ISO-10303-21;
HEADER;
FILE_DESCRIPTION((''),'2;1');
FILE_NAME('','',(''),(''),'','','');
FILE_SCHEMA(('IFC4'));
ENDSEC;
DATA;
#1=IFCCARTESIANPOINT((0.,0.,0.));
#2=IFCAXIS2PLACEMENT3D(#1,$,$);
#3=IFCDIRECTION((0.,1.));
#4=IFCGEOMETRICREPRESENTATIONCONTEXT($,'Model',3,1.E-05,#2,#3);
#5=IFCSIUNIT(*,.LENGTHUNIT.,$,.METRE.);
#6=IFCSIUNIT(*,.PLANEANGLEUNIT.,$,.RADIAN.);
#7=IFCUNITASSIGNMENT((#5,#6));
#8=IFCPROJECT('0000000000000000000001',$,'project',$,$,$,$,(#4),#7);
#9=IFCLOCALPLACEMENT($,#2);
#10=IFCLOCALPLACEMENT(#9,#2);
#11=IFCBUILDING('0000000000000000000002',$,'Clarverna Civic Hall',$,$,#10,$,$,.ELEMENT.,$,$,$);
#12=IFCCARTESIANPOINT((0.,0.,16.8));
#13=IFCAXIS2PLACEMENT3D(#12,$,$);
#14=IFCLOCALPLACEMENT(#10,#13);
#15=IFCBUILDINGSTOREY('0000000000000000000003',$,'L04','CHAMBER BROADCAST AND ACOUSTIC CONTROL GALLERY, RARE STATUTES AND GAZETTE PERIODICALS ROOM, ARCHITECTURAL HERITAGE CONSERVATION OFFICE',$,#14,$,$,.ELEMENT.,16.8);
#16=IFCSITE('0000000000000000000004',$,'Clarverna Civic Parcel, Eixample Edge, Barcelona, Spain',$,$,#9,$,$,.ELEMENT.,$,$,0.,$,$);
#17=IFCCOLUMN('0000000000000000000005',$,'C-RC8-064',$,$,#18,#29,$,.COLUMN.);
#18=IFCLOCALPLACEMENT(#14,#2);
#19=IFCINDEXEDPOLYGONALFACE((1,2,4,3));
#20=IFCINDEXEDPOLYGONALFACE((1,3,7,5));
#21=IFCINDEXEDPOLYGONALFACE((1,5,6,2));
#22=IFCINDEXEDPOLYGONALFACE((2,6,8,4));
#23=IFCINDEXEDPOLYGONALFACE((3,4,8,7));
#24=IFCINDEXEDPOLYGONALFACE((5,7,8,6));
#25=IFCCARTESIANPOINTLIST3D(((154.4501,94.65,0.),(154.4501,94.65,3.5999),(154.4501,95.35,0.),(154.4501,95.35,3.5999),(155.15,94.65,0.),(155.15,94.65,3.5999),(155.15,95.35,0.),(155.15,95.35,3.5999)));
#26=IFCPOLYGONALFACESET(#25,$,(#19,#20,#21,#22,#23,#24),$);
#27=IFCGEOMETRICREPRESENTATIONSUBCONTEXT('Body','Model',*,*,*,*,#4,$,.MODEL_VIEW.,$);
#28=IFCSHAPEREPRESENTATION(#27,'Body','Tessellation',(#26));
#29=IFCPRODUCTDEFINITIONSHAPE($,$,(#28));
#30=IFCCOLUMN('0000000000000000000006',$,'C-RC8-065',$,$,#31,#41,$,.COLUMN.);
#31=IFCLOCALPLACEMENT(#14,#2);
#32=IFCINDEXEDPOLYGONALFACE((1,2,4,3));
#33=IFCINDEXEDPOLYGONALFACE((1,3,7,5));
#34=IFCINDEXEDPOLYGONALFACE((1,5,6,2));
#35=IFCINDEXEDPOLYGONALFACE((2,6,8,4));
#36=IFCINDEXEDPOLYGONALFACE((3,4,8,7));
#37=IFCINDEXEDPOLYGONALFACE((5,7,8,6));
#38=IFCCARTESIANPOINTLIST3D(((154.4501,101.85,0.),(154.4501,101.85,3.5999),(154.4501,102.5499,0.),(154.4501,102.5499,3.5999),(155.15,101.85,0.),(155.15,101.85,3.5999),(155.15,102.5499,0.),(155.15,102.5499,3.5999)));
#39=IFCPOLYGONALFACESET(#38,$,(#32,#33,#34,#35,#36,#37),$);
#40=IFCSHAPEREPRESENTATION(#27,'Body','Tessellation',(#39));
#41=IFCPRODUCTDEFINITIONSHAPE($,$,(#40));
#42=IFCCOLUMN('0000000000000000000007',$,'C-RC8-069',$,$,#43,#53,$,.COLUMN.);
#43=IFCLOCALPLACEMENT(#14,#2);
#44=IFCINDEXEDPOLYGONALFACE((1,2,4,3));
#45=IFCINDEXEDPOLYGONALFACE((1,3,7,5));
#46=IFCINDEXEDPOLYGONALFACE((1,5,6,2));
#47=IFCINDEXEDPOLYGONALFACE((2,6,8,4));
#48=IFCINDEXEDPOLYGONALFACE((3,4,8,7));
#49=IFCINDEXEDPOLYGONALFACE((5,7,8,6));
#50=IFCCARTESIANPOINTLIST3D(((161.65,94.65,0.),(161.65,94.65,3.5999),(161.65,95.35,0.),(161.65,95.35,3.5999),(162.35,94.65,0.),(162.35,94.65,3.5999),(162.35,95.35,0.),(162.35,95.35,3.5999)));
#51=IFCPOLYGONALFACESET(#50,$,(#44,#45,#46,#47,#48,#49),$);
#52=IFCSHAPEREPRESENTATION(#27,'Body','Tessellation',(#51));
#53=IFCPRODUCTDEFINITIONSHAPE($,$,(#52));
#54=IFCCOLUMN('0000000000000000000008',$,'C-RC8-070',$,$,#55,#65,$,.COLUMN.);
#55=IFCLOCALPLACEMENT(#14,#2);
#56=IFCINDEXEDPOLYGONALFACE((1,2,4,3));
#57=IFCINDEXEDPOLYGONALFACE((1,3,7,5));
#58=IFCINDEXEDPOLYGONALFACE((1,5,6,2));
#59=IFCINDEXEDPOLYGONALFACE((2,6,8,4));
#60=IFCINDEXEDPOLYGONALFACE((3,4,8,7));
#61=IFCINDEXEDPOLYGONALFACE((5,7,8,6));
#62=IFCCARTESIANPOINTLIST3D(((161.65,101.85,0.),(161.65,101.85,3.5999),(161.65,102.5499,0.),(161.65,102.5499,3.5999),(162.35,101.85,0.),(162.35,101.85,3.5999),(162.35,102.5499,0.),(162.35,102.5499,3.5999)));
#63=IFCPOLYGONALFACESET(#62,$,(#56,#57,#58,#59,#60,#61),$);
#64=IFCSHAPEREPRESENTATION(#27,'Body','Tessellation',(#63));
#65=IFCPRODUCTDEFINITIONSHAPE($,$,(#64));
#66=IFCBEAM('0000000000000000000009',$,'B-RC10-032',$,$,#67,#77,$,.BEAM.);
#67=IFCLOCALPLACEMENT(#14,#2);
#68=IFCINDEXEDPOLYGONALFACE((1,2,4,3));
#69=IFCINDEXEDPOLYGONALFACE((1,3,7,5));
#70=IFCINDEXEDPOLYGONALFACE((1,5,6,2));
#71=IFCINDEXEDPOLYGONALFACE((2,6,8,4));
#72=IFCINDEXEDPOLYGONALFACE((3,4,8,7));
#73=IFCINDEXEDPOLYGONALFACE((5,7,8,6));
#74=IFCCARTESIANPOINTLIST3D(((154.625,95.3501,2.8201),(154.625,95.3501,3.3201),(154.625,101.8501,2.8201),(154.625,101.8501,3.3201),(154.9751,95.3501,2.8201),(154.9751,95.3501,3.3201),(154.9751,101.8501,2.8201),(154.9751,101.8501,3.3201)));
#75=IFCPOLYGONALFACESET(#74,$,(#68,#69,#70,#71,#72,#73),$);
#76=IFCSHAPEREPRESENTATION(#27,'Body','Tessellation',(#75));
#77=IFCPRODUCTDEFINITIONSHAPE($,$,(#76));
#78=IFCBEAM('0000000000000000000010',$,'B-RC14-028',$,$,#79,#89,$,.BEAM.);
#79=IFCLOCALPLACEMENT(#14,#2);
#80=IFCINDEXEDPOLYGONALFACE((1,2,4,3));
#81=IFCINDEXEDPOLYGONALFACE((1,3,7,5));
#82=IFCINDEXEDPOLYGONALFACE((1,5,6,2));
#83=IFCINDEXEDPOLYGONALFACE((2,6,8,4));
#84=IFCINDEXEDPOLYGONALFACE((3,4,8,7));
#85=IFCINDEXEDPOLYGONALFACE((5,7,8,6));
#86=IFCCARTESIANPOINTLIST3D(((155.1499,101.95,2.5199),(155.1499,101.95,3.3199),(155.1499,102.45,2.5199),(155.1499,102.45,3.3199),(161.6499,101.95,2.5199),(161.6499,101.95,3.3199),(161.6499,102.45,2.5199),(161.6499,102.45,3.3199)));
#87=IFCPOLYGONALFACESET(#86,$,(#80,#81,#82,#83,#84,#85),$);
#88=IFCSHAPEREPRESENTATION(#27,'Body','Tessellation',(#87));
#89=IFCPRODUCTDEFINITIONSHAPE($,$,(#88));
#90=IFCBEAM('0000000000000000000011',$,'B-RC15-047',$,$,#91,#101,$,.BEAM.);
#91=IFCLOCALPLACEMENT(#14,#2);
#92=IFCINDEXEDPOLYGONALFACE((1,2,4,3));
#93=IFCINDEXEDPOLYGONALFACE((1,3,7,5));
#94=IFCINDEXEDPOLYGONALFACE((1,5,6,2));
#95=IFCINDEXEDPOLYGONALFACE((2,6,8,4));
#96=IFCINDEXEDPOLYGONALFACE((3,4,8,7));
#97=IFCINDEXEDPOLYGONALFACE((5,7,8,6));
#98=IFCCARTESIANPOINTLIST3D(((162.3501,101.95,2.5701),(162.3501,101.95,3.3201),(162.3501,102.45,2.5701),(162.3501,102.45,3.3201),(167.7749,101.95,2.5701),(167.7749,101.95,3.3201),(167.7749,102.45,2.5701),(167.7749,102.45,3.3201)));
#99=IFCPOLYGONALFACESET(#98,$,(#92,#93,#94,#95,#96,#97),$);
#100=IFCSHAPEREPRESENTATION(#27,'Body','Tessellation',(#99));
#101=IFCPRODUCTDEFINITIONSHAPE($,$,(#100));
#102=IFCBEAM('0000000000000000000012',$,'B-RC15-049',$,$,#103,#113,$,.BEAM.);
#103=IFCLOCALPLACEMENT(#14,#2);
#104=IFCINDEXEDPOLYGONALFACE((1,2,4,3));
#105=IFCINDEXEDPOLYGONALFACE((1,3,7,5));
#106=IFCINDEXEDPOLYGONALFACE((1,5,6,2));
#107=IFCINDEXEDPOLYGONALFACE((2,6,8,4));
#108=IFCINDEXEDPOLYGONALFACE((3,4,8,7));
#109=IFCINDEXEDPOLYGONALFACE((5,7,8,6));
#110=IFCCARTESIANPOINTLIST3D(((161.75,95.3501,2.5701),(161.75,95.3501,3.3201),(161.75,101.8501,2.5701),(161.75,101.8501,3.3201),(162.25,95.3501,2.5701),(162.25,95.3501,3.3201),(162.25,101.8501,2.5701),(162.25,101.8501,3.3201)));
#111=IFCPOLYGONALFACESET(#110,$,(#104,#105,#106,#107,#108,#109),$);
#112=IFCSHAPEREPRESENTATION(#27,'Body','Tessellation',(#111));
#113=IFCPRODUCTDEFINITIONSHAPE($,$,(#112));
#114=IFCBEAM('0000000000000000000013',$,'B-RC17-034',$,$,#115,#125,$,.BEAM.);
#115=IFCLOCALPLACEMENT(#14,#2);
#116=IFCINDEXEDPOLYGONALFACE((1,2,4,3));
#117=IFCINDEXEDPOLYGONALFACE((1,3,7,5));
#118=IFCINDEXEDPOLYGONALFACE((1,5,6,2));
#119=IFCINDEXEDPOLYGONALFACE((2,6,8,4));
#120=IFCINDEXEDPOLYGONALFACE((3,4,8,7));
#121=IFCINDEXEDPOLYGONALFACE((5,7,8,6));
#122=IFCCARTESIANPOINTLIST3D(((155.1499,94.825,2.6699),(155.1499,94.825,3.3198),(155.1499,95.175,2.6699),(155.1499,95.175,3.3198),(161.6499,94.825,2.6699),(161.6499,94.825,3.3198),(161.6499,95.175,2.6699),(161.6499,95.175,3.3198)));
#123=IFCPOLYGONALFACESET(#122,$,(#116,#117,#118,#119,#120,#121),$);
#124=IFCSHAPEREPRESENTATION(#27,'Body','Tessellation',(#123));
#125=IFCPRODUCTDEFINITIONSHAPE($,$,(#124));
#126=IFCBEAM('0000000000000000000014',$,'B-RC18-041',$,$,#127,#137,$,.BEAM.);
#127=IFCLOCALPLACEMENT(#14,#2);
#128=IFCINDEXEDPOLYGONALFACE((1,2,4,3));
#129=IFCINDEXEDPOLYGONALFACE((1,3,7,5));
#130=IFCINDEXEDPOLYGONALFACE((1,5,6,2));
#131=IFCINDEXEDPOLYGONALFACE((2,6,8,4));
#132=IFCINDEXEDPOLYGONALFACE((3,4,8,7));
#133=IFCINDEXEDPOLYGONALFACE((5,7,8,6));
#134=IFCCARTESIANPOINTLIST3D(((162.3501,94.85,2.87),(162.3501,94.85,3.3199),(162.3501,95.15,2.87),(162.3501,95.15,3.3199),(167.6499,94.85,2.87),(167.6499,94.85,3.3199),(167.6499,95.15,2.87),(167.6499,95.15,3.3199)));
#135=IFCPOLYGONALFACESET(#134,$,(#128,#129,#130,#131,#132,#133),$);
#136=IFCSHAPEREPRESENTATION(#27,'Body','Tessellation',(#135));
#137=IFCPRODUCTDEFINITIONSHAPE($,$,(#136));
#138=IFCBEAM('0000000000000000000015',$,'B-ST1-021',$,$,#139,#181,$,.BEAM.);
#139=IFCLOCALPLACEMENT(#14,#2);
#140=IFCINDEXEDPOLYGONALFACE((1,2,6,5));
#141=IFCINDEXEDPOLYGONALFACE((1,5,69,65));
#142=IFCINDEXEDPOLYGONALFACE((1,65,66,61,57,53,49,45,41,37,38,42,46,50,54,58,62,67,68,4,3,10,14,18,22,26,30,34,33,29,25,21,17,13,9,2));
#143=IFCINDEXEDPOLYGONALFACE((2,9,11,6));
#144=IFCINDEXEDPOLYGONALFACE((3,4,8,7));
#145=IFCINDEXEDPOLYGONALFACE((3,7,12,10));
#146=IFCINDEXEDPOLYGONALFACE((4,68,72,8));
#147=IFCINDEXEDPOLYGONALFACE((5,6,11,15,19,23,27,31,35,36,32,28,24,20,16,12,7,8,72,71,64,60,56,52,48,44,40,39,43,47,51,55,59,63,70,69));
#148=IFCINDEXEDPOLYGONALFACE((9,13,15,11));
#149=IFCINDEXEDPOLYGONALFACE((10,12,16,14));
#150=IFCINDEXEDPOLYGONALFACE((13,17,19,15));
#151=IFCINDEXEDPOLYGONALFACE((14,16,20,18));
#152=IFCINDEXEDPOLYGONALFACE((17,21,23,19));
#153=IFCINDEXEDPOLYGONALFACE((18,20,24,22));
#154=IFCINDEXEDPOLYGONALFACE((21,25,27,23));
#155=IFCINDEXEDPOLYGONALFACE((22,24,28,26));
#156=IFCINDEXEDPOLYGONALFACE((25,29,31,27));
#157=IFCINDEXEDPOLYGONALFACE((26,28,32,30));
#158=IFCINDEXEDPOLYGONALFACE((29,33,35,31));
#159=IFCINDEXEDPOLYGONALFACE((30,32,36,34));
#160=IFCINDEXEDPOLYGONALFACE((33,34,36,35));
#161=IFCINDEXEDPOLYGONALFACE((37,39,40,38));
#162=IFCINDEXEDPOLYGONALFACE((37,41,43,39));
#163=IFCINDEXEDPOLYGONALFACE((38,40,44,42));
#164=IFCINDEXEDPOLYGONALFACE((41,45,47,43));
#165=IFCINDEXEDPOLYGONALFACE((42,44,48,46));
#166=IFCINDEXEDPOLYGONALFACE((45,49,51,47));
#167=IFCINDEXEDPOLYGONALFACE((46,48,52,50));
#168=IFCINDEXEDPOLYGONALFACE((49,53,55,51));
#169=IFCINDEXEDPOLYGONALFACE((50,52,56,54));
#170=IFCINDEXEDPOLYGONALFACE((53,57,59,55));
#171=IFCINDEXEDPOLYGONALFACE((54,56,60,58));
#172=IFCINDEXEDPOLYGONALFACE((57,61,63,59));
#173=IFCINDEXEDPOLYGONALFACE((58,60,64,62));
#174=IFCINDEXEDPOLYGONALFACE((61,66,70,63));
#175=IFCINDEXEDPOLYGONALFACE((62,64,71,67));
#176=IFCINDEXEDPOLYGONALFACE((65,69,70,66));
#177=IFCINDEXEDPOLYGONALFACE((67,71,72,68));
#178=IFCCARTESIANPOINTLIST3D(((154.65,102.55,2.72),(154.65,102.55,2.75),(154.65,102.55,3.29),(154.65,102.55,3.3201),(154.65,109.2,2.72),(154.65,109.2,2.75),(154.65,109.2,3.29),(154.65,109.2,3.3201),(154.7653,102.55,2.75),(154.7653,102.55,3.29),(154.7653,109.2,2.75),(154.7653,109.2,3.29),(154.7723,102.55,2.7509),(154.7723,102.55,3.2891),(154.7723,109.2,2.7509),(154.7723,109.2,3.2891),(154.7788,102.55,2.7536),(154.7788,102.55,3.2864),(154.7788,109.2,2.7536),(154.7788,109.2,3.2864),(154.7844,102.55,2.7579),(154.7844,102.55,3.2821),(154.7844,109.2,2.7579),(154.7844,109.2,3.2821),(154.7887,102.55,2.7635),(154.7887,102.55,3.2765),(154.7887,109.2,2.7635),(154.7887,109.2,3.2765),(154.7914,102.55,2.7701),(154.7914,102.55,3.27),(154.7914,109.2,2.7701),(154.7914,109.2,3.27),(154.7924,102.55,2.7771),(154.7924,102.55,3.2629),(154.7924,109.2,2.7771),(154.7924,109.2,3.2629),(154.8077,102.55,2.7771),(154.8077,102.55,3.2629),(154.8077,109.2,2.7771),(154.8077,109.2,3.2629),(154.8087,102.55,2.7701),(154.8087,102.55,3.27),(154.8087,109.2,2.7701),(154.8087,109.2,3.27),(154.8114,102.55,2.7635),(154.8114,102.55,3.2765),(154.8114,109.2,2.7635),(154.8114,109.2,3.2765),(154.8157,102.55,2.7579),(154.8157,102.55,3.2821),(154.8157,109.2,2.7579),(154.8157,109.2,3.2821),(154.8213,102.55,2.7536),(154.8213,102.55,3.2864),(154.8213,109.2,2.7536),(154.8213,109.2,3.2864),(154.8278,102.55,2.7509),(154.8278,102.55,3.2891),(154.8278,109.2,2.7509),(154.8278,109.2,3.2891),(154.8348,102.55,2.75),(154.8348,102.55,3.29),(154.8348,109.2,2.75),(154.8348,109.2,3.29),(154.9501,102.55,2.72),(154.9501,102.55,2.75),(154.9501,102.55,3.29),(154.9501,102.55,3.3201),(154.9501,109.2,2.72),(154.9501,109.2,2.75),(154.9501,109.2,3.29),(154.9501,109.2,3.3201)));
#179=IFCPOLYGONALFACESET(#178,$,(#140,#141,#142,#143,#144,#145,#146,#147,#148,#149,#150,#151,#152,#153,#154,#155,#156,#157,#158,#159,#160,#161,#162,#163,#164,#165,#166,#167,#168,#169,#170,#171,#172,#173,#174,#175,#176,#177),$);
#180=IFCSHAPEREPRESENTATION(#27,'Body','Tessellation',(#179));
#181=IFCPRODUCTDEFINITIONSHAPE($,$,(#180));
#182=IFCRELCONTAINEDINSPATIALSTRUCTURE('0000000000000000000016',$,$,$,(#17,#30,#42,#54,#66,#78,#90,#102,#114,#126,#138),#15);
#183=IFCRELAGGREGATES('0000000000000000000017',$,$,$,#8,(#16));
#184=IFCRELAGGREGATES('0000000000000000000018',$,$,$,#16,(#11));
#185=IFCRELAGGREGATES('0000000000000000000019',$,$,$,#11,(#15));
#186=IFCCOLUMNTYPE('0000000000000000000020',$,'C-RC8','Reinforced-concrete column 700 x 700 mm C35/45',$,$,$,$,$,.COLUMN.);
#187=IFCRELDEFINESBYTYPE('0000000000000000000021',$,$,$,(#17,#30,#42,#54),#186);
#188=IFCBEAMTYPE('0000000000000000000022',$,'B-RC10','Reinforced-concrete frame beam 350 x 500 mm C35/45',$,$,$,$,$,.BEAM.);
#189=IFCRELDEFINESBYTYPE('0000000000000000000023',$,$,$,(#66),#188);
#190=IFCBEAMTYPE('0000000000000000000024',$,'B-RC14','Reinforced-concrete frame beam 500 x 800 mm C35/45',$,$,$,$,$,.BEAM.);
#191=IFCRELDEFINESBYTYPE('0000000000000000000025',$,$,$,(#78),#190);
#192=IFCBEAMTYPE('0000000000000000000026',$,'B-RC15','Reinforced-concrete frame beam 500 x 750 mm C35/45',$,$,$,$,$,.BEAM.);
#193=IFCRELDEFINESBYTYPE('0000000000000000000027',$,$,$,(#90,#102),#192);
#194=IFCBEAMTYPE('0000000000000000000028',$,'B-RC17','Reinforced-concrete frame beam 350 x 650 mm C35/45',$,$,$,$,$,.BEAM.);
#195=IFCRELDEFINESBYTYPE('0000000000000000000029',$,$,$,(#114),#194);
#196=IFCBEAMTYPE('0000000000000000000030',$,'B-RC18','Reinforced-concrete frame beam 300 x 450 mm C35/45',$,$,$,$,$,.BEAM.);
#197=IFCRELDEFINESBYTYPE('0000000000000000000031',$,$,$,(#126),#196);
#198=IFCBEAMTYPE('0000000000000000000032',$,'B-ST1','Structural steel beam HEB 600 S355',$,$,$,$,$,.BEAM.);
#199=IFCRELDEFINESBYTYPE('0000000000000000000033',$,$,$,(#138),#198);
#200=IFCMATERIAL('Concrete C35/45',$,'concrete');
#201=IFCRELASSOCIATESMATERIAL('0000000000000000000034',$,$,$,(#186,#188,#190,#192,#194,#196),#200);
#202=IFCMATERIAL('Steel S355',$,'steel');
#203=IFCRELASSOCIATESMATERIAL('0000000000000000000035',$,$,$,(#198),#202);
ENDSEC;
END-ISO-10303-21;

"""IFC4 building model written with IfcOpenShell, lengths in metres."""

from ifc_helpers import new_model, si_unit, direction, frame, origin, origin_2d, place, context, subcontext, project, spatial, rectangle, i_section, extrude, material, material_profile, profile_set, type_object, element, save


model = new_model("IFC4")

# Units and contexts
model_context = context("Model", 3, precision=1e-05, world=origin(), true_north=direction((0.0, 1.0)))
body_context = subcontext(model_context, "Body", "Model", "MODEL_VIEW")
ifc_project = project(units=[si_unit("LENGTHUNIT", "METRE"), si_unit("PLANEANGLEUNIT", "RADIAN")], contexts=[model_context])

# Site, building, storey
site_placement = place(None, origin())
site = spatial("IfcSite", under=ifc_project, at=site_placement, Name="Clarverna Civic Parcel, Eixample Edge, Barcelona, Spain", CompositionType="ELEMENT", RefElevation=0.0)
building_placement = place(site_placement, origin())
building = spatial("IfcBuilding", under=site, at=building_placement, Name="Clarverna Civic Hall", CompositionType="ELEMENT")
storey_placement = place(building_placement, frame((0.0, 0.0, 16.8)))
storey = spatial("IfcBuildingStorey", under=building, at=storey_placement, Name="L04", Description="CHAMBER BROADCAST AND ACOUSTIC CONTROL GALLERY, RARE STATUTES AND GAZETTE PERIODICALS ROOM, ARCHITECTURAL HERITAGE CONSERVATION OFFICE", CompositionType="ELEMENT", Elevation=16.8)

# Columns
ifc_material_1 = material(Name="Concrete C35/45", Category="concrete")
ifc_material_profile_1 = material_profile(ifc_material_1, rectangle(XDim=0.7, YDim=0.7, at=origin_2d()), Name="RC 700x700")
ifc_profile_set_1 = profile_set([ifc_material_profile_1], Name="Concrete C35/45")
column_type = type_object("IfcColumnType", Name="C-RC8", Description="Reinforced-concrete column 700 x 700 mm C35/45", PredefinedType="COLUMN", material=ifc_profile_set_1)
for number, where, z_axis, x_axis, name in (
    (1, (154.8, 95.0, 0.0), (0.0, 0.0, 1.0), (1.0, 0.0, 0.0), "C-RC8-064"),
    (2, (154.8, 102.2, 0.0), (0.0, 0.0, 1.0), (1.0, 0.0, 0.0), "C-RC8-065"),
    (3, (162.0, 95.0, 0.0), (0.0, 0.0, 1.0), (1.0, 0.0, 0.0), "C-RC8-069"),
    (4, (162.0, 102.2, 0.0), (0.0, 0.0, 1.0), (1.0, 0.0, 0.0), "C-RC8-070"),
):
    element("IfcColumn", number, at=place(storey_placement, frame(where, z_axis=z_axis, x_axis=x_axis)), inside=storey, type_object=column_type, Name=name, PredefinedType="COLUMN", context=body_context, shape_type="SweptSolid", body=[
        extrude(rectangle(XDim=0.7, YDim=0.7, at=origin_2d()), origin(), (0.0, 0.0, 1.0), 3.5999),
    ])

# Beams
ifc_material_profile_2 = material_profile(ifc_material_1, rectangle(XDim=0.3501, YDim=0.5, at=origin_2d()), Name="RC 350x500")
ifc_profile_set_2 = profile_set([ifc_material_profile_2], Name="Concrete C35/45")
beam_type_1 = type_object("IfcBeamType", Name="B-RC10", Description="Reinforced-concrete frame beam 350 x 500 mm C35/45", PredefinedType="BEAM", material=ifc_profile_set_2)
beam_1_placement = place(storey_placement, frame((154.8, 95.3501, 3.0701), z_axis=(0.0, 1.0, 0.0), x_axis=(-1.0, 0.0, 0.0)))
element("IfcBeam", 5, at=beam_1_placement, inside=storey, type_object=beam_type_1, Name="B-RC10-032", PredefinedType="BEAM", context=body_context, shape_type="SweptSolid", body=[
    extrude(rectangle(XDim=0.3501, YDim=0.5, at=origin_2d()), origin(), (0.0, 0.0, 1.0), 6.5),
])
ifc_material_profile_3 = material_profile(ifc_material_1, rectangle(XDim=0.5, YDim=0.8, at=origin_2d()), Name="RC 500x800")
ifc_profile_set_3 = profile_set([ifc_material_profile_3], Name="Concrete C35/45")
beam_type_2 = type_object("IfcBeamType", Name="B-RC14", Description="Reinforced-concrete frame beam 500 x 800 mm C35/45", PredefinedType="BEAM", material=ifc_profile_set_3)
beam_2_placement = place(storey_placement, frame((155.1499, 102.2, 2.9199), z_axis=(1.0, 0.0, 0.0), x_axis=(0.0, 1.0, 0.0)))
element("IfcBeam", 6, at=beam_2_placement, inside=storey, type_object=beam_type_2, Name="B-RC14-028", PredefinedType="BEAM", context=body_context, shape_type="SweptSolid", body=[
    extrude(rectangle(XDim=0.5, YDim=0.8, at=origin_2d()), origin(), (0.0, 0.0, 1.0), 6.5),
])
ifc_material_profile_4 = material_profile(ifc_material_1, rectangle(XDim=0.5, YDim=0.75, at=origin_2d()), Name="RC 500x750")
ifc_profile_set_4 = profile_set([ifc_material_profile_4], Name="Concrete C35/45")
beam_type_3 = type_object("IfcBeamType", Name="B-RC15", Description="Reinforced-concrete frame beam 500 x 750 mm C35/45", PredefinedType="BEAM", material=ifc_profile_set_4)
beam_3_placement = place(storey_placement, frame((162.3501, 102.2, 2.9451), z_axis=(1.0, 0.0, 0.0), x_axis=(0.0, 1.0, 0.0)))
element("IfcBeam", 7, at=beam_3_placement, inside=storey, type_object=beam_type_3, Name="B-RC15-047", PredefinedType="BEAM", context=body_context, shape_type="SweptSolid", body=[
    extrude(rectangle(XDim=0.5, YDim=0.75, at=origin_2d()), origin(), (0.0, 0.0, 1.0), 5.4248),
])
beam_4_placement = place(storey_placement, frame((162.0, 95.3501, 2.9451), z_axis=(0.0, 1.0, 0.0), x_axis=(-1.0, 0.0, 0.0)))
element("IfcBeam", 8, at=beam_4_placement, inside=storey, type_object=beam_type_3, Name="B-RC15-049", PredefinedType="BEAM", context=body_context, shape_type="SweptSolid", body=[
    extrude(rectangle(XDim=0.5, YDim=0.75, at=origin_2d()), origin(), (0.0, 0.0, 1.0), 6.5),
])
ifc_material_profile_5 = material_profile(ifc_material_1, rectangle(XDim=0.3501, YDim=0.6499, at=origin_2d()), Name="RC 350x650")
ifc_profile_set_5 = profile_set([ifc_material_profile_5], Name="Concrete C35/45")
beam_type_4 = type_object("IfcBeamType", Name="B-RC17", Description="Reinforced-concrete frame beam 350 x 650 mm C35/45", PredefinedType="BEAM", material=ifc_profile_set_5)
beam_5_placement = place(storey_placement, frame((155.1499, 95.0, 2.9949), z_axis=(1.0, 0.0, 0.0), x_axis=(0.0, 1.0, 0.0)))
element("IfcBeam", 9, at=beam_5_placement, inside=storey, type_object=beam_type_4, Name="B-RC17-034", PredefinedType="BEAM", context=body_context, shape_type="SweptSolid", body=[
    extrude(rectangle(XDim=0.3501, YDim=0.6499, at=origin_2d()), origin(), (0.0, 0.0, 1.0), 6.5),
])
ifc_material_profile_6 = material_profile(ifc_material_1, rectangle(XDim=0.3, YDim=0.45, at=origin_2d()), Name="RC 300x450")
ifc_profile_set_6 = profile_set([ifc_material_profile_6], Name="Concrete C35/45")
beam_type_5 = type_object("IfcBeamType", Name="B-RC18", Description="Reinforced-concrete frame beam 300 x 450 mm C35/45", PredefinedType="BEAM", material=ifc_profile_set_6)
beam_6_placement = place(storey_placement, frame((162.3501, 95.0, 3.095), z_axis=(1.0, 0.0, 0.0), x_axis=(0.0, 1.0, 0.0)))
element("IfcBeam", 10, at=beam_6_placement, inside=storey, type_object=beam_type_5, Name="B-RC18-041", PredefinedType="BEAM", context=body_context, shape_type="SweptSolid", body=[
    extrude(rectangle(XDim=0.3, YDim=0.45, at=origin_2d()), origin(), (0.0, 0.0, 1.0), 5.2998),
])
ifc_material_2 = material(Name="Steel S355", Category="steel")
ifc_material_profile_7 = material_profile(ifc_material_2, i_section(OverallWidth=0.3, OverallDepth=0.6001, WebThickness=0.0154, FlangeThickness=0.03, FilletRadius=0.0271, at=origin_2d()), Name="HEB 600")
ifc_profile_set_7 = profile_set([ifc_material_profile_7], Name="Steel S355")
beam_type_6 = type_object("IfcBeamType", Name="B-ST1", Description="Structural steel beam HEB 600 S355", PredefinedType="BEAM", material=ifc_profile_set_7)
beam_7_placement = place(storey_placement, frame((154.8, 102.55, 3.02), z_axis=(0.0, 1.0, 0.0), x_axis=(-1.0, 0.0, 0.0)))
element("IfcBeam", 11, at=beam_7_placement, inside=storey, type_object=beam_type_6, Name="B-ST1-021", PredefinedType="BEAM", context=body_context, shape_type="SweptSolid", body=[
    extrude(i_section(OverallWidth=0.3, OverallDepth=0.6001, WebThickness=0.0154, FlangeThickness=0.03, FilletRadius=0.0271, at=origin_2d()), origin(), (0.0, 0.0, 1.0), 6.6499),
])

save(model, "model.ifc")
